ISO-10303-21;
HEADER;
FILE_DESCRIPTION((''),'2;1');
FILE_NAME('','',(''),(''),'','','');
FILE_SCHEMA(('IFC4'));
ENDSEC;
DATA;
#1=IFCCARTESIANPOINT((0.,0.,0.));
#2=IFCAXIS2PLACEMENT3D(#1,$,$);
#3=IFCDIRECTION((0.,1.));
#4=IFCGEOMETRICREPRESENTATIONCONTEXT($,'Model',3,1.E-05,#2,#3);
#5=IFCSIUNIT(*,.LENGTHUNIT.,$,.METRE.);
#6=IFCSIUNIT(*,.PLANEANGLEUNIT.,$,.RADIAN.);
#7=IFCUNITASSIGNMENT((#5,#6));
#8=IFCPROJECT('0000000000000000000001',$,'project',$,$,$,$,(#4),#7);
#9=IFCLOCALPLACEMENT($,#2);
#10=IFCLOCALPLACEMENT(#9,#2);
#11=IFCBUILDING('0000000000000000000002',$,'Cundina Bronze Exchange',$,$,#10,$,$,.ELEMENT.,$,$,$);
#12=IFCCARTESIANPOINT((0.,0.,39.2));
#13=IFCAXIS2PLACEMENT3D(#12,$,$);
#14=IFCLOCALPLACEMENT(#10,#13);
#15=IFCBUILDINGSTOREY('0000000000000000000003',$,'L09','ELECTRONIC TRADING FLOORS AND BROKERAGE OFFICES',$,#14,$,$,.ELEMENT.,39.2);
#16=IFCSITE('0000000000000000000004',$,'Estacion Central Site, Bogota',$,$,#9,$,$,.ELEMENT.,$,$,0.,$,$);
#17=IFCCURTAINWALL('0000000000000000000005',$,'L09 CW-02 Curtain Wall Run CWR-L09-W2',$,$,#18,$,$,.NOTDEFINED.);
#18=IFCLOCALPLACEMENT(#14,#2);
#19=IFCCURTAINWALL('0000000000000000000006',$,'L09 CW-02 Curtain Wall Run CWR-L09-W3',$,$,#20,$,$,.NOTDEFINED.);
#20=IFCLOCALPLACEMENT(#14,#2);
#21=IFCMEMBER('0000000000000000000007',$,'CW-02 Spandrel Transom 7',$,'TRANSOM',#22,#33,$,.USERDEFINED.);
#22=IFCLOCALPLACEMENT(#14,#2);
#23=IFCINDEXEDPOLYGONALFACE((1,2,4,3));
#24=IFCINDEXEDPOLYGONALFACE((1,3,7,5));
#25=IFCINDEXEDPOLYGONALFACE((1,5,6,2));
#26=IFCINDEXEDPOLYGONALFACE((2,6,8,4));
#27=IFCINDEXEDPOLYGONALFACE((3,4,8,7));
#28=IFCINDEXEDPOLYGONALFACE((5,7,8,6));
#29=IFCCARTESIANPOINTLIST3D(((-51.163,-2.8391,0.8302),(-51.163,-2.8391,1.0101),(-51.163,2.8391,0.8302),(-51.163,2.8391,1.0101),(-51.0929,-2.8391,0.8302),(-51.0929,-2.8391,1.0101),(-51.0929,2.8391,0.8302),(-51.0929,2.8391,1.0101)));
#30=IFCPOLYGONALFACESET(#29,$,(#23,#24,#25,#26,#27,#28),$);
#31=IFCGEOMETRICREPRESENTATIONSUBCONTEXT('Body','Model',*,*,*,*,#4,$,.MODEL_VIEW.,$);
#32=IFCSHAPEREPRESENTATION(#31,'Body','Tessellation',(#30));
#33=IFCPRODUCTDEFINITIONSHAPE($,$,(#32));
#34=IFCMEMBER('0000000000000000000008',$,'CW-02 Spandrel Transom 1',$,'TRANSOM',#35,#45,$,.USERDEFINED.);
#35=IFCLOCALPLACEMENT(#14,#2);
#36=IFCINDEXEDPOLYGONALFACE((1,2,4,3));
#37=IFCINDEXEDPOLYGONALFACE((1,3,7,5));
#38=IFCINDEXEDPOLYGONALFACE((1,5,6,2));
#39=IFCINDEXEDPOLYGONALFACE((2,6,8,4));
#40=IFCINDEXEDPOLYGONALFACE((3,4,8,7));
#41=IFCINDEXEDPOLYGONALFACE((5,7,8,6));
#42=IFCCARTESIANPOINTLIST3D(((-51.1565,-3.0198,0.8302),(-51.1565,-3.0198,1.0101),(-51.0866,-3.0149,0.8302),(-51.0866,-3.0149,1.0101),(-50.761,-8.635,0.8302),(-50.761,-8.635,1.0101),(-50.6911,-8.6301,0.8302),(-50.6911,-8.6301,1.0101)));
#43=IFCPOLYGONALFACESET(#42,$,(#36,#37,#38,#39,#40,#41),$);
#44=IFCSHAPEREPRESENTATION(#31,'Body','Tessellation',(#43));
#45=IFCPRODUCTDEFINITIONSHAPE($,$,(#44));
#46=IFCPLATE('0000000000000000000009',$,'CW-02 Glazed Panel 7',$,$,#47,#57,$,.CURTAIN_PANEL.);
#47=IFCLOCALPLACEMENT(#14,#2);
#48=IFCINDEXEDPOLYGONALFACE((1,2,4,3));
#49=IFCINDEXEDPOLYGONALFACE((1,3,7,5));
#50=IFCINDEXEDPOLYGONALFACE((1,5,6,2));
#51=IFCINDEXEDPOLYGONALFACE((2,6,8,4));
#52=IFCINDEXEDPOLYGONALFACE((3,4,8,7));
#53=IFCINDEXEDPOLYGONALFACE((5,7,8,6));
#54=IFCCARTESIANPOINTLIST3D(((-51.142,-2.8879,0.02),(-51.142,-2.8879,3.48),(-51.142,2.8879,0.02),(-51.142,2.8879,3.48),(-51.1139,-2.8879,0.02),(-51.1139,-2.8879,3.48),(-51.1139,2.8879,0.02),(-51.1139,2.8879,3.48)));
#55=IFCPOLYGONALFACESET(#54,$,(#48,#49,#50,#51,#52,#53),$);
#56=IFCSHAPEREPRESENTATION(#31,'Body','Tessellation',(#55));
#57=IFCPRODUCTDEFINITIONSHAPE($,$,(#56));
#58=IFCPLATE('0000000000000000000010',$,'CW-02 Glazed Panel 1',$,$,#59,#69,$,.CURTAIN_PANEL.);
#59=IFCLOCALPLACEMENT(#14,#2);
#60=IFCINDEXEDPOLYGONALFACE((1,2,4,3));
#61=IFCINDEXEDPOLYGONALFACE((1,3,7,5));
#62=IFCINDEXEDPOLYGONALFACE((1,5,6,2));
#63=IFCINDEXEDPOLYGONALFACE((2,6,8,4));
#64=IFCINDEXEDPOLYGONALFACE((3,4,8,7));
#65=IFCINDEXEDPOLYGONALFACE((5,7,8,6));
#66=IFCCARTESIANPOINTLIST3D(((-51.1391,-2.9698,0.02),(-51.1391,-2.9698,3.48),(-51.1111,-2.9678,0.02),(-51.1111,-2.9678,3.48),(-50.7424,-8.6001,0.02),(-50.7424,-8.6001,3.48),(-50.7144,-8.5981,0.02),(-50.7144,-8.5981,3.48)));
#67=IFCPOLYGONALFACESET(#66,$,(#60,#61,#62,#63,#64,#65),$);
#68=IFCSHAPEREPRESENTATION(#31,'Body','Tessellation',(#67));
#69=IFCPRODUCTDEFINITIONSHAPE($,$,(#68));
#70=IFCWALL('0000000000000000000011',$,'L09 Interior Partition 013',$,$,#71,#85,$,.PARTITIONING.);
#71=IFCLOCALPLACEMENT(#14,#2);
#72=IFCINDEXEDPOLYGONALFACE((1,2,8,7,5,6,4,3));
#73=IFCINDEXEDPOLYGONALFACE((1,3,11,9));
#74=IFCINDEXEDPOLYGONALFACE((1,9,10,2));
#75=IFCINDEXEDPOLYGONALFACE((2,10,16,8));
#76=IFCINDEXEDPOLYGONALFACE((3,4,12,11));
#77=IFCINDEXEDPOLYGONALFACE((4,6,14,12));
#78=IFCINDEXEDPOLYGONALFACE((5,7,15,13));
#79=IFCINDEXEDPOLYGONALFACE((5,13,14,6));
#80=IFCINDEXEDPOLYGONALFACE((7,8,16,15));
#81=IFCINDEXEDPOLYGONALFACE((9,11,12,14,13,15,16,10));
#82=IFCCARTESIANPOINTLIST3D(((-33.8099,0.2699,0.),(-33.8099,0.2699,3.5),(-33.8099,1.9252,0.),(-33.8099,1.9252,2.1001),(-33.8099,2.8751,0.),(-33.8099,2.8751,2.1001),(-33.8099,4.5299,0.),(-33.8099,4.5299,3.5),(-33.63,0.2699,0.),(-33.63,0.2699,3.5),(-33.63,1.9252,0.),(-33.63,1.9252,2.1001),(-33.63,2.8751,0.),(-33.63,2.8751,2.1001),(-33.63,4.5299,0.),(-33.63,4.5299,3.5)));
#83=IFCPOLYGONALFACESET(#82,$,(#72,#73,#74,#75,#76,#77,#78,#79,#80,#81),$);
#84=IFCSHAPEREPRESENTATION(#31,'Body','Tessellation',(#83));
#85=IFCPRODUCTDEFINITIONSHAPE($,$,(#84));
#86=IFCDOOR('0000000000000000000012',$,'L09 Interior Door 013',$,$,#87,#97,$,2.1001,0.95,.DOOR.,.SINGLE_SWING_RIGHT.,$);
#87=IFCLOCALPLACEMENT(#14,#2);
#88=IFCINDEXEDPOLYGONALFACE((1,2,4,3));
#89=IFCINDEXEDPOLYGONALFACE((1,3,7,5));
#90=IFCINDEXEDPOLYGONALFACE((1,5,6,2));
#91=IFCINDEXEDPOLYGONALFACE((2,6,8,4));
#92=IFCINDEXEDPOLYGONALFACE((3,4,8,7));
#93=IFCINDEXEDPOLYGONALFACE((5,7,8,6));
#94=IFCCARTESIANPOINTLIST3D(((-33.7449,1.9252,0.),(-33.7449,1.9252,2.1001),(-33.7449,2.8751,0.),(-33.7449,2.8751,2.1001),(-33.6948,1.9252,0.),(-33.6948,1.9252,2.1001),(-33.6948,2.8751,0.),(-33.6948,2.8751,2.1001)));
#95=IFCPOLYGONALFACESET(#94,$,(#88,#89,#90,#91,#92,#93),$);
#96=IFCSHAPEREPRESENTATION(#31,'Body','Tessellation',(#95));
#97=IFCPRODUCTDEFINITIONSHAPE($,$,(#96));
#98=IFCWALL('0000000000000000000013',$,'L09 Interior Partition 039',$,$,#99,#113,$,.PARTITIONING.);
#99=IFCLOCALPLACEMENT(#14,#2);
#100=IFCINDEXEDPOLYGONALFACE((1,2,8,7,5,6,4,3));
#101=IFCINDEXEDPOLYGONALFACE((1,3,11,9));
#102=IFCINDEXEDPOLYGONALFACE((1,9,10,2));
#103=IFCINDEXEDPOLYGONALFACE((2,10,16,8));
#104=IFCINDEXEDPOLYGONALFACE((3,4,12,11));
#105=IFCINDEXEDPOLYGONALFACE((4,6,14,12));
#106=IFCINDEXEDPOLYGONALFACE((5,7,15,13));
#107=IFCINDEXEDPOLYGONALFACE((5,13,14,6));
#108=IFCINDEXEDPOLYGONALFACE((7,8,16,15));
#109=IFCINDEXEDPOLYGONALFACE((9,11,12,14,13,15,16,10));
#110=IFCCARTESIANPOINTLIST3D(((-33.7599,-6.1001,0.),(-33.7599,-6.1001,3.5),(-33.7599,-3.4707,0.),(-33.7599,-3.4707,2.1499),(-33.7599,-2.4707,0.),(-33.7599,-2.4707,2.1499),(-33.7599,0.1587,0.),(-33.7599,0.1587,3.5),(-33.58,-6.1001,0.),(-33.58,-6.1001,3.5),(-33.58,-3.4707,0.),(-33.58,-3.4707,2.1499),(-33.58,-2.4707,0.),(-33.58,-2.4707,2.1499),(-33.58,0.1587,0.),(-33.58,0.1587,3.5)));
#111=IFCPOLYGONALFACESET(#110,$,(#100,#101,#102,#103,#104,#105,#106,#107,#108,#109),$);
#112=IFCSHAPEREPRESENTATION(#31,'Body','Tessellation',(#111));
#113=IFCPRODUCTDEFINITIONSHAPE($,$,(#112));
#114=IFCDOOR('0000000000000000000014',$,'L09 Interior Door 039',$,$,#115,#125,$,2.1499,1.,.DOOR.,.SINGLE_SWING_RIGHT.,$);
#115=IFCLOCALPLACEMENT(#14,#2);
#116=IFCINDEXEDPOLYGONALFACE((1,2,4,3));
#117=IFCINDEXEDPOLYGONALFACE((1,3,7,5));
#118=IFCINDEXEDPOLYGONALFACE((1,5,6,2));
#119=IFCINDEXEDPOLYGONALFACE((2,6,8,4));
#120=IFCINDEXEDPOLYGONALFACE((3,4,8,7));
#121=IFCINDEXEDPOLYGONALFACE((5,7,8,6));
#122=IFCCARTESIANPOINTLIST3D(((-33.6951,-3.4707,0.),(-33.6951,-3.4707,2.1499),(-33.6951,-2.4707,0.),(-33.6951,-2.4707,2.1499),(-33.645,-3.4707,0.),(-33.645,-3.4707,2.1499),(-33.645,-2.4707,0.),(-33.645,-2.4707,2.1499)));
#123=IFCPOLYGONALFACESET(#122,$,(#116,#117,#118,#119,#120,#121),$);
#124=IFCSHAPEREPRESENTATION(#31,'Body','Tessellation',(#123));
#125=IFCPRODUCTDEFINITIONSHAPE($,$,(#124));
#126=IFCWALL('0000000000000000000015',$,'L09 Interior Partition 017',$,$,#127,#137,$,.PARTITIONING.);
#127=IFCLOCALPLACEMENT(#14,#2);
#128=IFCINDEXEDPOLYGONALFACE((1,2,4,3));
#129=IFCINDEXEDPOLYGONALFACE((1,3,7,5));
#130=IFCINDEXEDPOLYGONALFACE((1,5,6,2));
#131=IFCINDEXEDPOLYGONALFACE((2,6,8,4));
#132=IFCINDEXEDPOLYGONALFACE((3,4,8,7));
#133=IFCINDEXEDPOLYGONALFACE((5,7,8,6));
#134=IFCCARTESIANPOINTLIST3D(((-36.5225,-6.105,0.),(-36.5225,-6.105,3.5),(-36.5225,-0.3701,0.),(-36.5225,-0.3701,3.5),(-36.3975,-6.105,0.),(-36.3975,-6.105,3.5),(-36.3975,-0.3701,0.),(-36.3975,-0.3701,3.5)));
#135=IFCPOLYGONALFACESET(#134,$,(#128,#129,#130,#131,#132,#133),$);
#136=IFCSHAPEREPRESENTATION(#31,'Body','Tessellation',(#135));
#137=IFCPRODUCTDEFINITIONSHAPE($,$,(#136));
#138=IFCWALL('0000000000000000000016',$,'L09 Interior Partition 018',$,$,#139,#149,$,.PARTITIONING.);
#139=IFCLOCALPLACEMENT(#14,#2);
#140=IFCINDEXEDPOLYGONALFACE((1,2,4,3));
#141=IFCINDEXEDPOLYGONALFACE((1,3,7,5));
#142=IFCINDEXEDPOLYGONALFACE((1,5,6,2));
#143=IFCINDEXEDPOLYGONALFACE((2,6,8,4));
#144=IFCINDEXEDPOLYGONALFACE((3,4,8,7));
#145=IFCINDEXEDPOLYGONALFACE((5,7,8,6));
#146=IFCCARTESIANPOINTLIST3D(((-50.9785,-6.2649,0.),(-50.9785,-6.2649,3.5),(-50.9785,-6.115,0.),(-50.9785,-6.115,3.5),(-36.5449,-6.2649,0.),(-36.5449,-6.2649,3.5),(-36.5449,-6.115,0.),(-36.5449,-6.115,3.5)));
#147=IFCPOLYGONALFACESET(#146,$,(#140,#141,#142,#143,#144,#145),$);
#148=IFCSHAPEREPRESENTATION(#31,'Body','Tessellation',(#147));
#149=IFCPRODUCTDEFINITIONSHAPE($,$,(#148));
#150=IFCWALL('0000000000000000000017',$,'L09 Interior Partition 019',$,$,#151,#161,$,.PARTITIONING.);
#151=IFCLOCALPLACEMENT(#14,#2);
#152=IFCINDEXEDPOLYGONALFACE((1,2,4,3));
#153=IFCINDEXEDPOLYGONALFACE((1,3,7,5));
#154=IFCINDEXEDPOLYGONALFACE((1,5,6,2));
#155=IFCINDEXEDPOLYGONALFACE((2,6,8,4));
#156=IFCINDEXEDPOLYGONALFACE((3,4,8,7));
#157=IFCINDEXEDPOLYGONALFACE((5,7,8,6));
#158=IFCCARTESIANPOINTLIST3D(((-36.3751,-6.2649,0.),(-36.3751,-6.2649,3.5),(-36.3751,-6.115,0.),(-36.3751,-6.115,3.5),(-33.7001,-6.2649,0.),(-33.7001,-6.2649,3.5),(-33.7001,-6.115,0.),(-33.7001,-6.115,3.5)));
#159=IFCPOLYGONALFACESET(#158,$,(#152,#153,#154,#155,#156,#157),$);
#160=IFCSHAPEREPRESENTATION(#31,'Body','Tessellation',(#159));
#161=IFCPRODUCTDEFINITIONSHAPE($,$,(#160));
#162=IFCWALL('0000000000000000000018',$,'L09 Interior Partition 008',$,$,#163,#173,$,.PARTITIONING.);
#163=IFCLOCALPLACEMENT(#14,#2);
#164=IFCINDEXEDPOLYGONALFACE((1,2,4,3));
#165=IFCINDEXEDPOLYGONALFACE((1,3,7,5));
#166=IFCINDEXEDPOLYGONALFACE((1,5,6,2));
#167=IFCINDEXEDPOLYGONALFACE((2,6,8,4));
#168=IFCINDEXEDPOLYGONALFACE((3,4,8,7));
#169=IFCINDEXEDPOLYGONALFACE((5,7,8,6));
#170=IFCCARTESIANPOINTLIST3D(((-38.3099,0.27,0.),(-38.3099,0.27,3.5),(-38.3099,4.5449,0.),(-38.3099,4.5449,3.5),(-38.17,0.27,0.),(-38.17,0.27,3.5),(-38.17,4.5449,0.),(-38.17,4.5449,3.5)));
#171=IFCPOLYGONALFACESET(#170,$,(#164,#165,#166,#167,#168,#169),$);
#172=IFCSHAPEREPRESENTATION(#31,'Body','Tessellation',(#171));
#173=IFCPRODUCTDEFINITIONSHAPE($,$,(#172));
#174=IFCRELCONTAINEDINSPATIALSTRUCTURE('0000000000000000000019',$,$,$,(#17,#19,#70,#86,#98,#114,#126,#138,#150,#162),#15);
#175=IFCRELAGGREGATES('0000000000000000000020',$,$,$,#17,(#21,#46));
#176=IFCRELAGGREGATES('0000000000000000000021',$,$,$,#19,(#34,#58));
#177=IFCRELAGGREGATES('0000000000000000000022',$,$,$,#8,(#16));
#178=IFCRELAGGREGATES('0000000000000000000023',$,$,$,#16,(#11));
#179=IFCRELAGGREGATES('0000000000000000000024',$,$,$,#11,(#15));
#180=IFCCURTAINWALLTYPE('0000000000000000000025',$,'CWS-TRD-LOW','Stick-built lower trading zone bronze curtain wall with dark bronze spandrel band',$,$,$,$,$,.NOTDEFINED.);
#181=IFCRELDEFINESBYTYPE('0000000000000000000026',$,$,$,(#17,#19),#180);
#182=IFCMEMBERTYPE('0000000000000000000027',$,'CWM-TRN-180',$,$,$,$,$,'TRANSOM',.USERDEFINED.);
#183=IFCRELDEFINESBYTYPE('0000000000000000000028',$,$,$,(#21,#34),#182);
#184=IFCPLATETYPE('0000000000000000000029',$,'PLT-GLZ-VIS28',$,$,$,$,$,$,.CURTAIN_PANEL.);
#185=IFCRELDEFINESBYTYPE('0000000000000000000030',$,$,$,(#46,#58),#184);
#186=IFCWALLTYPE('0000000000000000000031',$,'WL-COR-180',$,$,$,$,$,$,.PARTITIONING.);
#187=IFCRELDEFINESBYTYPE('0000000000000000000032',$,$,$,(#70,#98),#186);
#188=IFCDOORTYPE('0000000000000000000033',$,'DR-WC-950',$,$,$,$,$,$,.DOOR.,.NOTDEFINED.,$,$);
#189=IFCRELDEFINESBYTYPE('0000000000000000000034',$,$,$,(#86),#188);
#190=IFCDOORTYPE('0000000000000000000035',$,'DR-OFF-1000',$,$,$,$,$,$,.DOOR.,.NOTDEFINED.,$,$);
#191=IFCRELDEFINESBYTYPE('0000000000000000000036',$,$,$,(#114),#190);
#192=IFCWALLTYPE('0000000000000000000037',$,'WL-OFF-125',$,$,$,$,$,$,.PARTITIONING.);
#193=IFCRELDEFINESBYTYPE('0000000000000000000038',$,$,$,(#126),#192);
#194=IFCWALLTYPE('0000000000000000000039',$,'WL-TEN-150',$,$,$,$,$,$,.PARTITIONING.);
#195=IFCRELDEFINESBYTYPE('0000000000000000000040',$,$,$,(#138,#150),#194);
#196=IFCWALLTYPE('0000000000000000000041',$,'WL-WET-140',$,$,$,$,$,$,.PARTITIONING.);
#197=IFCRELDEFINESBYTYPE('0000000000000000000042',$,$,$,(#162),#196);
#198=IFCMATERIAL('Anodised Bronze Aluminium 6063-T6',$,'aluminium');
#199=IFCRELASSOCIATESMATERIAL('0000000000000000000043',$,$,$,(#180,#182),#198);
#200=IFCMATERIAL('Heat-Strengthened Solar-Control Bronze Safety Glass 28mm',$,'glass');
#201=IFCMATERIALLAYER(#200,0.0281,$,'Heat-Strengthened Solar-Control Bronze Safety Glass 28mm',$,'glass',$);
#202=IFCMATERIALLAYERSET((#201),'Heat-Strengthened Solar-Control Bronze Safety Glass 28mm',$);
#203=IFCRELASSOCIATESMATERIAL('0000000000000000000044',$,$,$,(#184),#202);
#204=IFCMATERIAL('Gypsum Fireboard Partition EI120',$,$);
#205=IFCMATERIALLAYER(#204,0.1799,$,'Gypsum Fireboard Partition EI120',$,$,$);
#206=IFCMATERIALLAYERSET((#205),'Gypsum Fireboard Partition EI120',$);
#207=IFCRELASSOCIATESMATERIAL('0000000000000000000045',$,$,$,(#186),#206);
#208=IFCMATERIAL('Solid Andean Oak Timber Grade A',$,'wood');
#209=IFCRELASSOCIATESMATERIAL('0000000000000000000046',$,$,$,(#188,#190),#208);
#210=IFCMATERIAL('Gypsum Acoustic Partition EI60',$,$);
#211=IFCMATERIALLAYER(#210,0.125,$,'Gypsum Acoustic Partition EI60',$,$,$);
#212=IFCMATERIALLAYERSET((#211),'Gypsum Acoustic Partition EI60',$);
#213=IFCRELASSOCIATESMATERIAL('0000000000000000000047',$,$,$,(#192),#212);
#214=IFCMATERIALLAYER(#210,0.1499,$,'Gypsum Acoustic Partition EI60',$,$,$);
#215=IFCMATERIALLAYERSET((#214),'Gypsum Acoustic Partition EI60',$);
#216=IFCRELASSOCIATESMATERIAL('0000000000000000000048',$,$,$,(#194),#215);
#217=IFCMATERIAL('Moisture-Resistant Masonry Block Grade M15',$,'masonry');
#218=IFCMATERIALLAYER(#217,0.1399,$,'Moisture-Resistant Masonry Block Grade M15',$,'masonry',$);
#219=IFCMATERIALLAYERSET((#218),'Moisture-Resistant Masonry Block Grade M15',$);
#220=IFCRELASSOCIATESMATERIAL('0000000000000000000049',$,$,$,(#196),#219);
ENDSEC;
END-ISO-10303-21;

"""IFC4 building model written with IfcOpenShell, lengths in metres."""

from ifc_helpers import new_model, si_unit, direction, frame, frame_2d, origin, origin_2d, place, context, subcontext, project, spatial, rectangle, extrude, material, layer, layer_set, material_profile, profile_set, type_object, element, fill, aggregate, save


model = new_model("IFC4")

# Units and contexts
model_context = context("Model", 3, precision=1e-05, world=origin(), true_north=direction((0.0, 1.0)))
body_context = subcontext(model_context, "Body", "Model", "MODEL_VIEW")
ifc_project = project(units=[si_unit("LENGTHUNIT", "METRE"), si_unit("PLANEANGLEUNIT", "RADIAN")], contexts=[model_context])

# Site, building, storey
site_placement = place(None, origin())
site = spatial("IfcSite", under=ifc_project, at=site_placement, Name="Estacion Central Site, Bogota", CompositionType="ELEMENT", RefElevation=0.0)
building_placement = place(site_placement, origin())
building = spatial("IfcBuilding", under=site, at=building_placement, Name="Cundina Bronze Exchange", CompositionType="ELEMENT")
storey_placement = place(building_placement, frame((0.0, 0.0, 39.2)))
storey = spatial("IfcBuildingStorey", under=building, at=storey_placement, Name="L09", Description="ELECTRONIC TRADING FLOORS AND BROKERAGE OFFICES", CompositionType="ELEMENT", Elevation=39.2)

# Curtain walls
ifc_material_1 = material(Name="Anodised Bronze Aluminium 6063-T6", Category="aluminium")
curtain_wall_type = type_object("IfcCurtainWallType", Name="CWS-TRD-LOW", Description="Stick-built lower trading zone bronze curtain wall with dark bronze spandrel band", PredefinedType="NOTDEFINED", material=ifc_material_1)
curtain_wall_1_placement = place(storey_placement, origin())
curtain_wall_1 = element("IfcCurtainWall", 1, at=curtain_wall_1_placement, inside=storey, type_object=curtain_wall_type, Name="L09 CW-02 Curtain Wall Run CWR-L09-W2", PredefinedType="NOTDEFINED")
curtain_wall_2_placement = place(storey_placement, origin())
curtain_wall_2 = element("IfcCurtainWall", 2, at=curtain_wall_2_placement, inside=storey, type_object=curtain_wall_type, Name="L09 CW-02 Curtain Wall Run CWR-L09-W3", PredefinedType="NOTDEFINED")

# Members
ifc_material_profile_1 = material_profile(ifc_material_1, rectangle(XDim=0.0701, YDim=0.1799, at=origin_2d()), Name="AL70X180", Category="aluminium")
ifc_profile_set_1 = profile_set([ifc_material_profile_1], Name="Anodised Bronze Aluminium 6063-T6")
member_type_1 = type_object("IfcMemberType", Name="CWM-TRN-180", ElementType="TRANSOM", PredefinedType="USERDEFINED", material=ifc_profile_set_1)
member_1_placement = place(storey_placement, frame((-51.1279, 2.8391, 0.9202), z_axis=(0.0, -1.0, 0.0), x_axis=(1.0, 0.0, 0.0)))
member_1 = element("IfcMember", 3, at=member_1_placement, type_object=member_type_1, Name="CW-02 Spandrel Transom 7", ObjectType="TRANSOM", PredefinedType="USERDEFINED", context=body_context, shape_type="SweptSolid", body=[
    extrude(rectangle(XDim=0.0701, YDim=0.1799, at=origin_2d()), origin(), (0.0, 0.0, 1.0), 5.6782),
])
member_2_placement = place(storey_placement, frame((-51.1216, -3.0173, 0.9202), z_axis=(0.070261, -0.997529, 0.0), x_axis=(0.997529, 0.070261, 0.0)))
member_2 = element("IfcMember", 4, at=member_2_placement, type_object=member_type_1, Name="CW-02 Spandrel Transom 1", ObjectType="TRANSOM", PredefinedType="USERDEFINED", context=body_context, shape_type="SweptSolid", body=[
    extrude(rectangle(XDim=0.0701, YDim=0.1799, at=origin_2d()), origin(), (0.0, 0.0, 1.0), 5.6292),
])

# Plates
ifc_material_2 = material(Name="Heat-Strengthened Solar-Control Bronze Safety Glass 28mm", Category="glass")
ifc_layer_1 = layer(ifc_material_2, 0.0281, Name="Heat-Strengthened Solar-Control Bronze Safety Glass 28mm", Category="glass")
ifc_layer_set_1 = layer_set([ifc_layer_1], Name="Heat-Strengthened Solar-Control Bronze Safety Glass 28mm")
plate_type = type_object("IfcPlateType", Name="PLT-GLZ-VIS28", PredefinedType="CURTAIN_PANEL", material=ifc_layer_set_1)
plate_1_placement = place(storey_placement, frame((-51.1279, 0.0, 0.02), z_axis=(0.0, 0.0, 1.0), x_axis=(0.0, -1.0, 0.0)))
plate_1 = element("IfcPlate", 5, at=plate_1_placement, type_object=plate_type, Name="CW-02 Glazed Panel 7", PredefinedType="CURTAIN_PANEL", context=body_context, shape_type="SweptSolid", body=[
    extrude(rectangle(XDim=5.7759, YDim=0.0281, at=origin_2d()), origin(), (0.0, 0.0, 1.0), 3.46),
])
aggregate(curtain_wall_1, [member_1, plate_1])
plate_2_placement = place(storey_placement, frame((-50.9268, -5.7839, 0.02), z_axis=(0.0, 0.0, 1.0), x_axis=(0.070279, -0.997527, 0.0)))
plate_2 = element("IfcPlate", 6, at=plate_2_placement, type_object=plate_type, Name="CW-02 Glazed Panel 1", PredefinedType="CURTAIN_PANEL", context=body_context, shape_type="SweptSolid", body=[
    extrude(rectangle(XDim=5.6443, YDim=0.0281, at=origin_2d()), origin(), (0.0, 0.0, 1.0), 3.46),
])
aggregate(curtain_wall_2, [member_2, plate_2])

# Walls, openings, doors
ifc_material_3 = material(Name="Gypsum Fireboard Partition EI120")
ifc_layer_2 = layer(ifc_material_3, 0.1799, Name="Gypsum Fireboard Partition EI120")
ifc_layer_set_2 = layer_set([ifc_layer_2], Name="Gypsum Fireboard Partition EI120")
wall_type_1 = type_object("IfcWallType", Name="WL-COR-180", PredefinedType="PARTITIONING", material=ifc_layer_set_2)
wall_1_placement = place(storey_placement, frame((-33.72, 0.27, 0.0), z_axis=(0.0, 0.0, 1.0), x_axis=(0.0, 1.0, 0.0)))
wall_1 = element("IfcWall", 7, at=wall_1_placement, inside=storey, type_object=wall_type_1, Name="L09 Interior Partition 013", PredefinedType="PARTITIONING", context=body_context, shape_type="SweptSolid", body=[
    extrude(rectangle(XDim=4.26, YDim=0.1799, at=frame_2d((2.1299, 0.0))), origin(), (0.0, 0.0, 1.0), 3.5),
])
opening_1_placement = place(wall_1_placement, frame((1.655, 0.0, 0.0)))
opening_1 = element("IfcOpeningElement", 8, at=opening_1_placement, cuts=wall_1, PredefinedType="OPENING", context=body_context, shape_type="SweptSolid", body=[
    extrude(rectangle(XDim=0.95, YDim=2.1001, at=frame_2d((0.4751, 1.05))), frame((0.0, 0.0999, 0.0), z_axis=(0.0, -1.0, 0.0), x_axis=(1.0, 0.0, 0.0)), (0.0, 0.0, 1.0), 0.2),
])
ifc_material_4 = material(Name="Solid Andean Oak Timber Grade A", Category="wood")
door_type_1 = type_object("IfcDoorType", Name="DR-WC-950", OperationType="NOTDEFINED", PredefinedType="DOOR", material=ifc_material_4)
door_1_placement = place(opening_1_placement, origin())
door_1 = element("IfcDoor", 9, at=door_1_placement, inside=storey, type_object=door_type_1, Name="L09 Interior Door 013", OperationType="SINGLE_SWING_RIGHT", OverallHeight=2.1001, OverallWidth=0.95, PredefinedType="DOOR", context=body_context, shape_type="SweptSolid", body=[
    extrude(rectangle(XDim=0.95, YDim=2.1001, at=frame_2d((0.4751, 1.05))), frame((0.0, 0.0249, 0.0), z_axis=(0.0, -1.0, 0.0), x_axis=(1.0, 0.0, 0.0)), (0.0, 0.0, 1.0), 0.05),
])
fill(opening_1, door_1)
door_type_2 = type_object("IfcDoorType", Name="DR-OFF-1000", OperationType="NOTDEFINED", PredefinedType="DOOR", material=ifc_material_4)
wall_2_placement = place(storey_placement, frame((-33.6699, 0.1587, 0.0), z_axis=(0.0, 0.0, 1.0), x_axis=(0.0, -1.0, 0.0)))
wall_2 = element("IfcWall", 10, at=wall_2_placement, inside=storey, type_object=wall_type_1, Name="L09 Interior Partition 039", PredefinedType="PARTITIONING", context=body_context, shape_type="SweptSolid", body=[
    extrude(rectangle(XDim=6.2588, YDim=0.1799, at=frame_2d((3.1294, 0.0))), origin(), (0.0, 0.0, 1.0), 3.5),
])
opening_2_placement = place(wall_2_placement, frame((2.6294, 0.0, 0.0)))
opening_2 = element("IfcOpeningElement", 11, at=opening_2_placement, cuts=wall_2, PredefinedType="OPENING", context=body_context, shape_type="SweptSolid", body=[
    extrude(rectangle(XDim=1.0, YDim=2.1499, at=frame_2d((0.5, 1.075))), frame((0.0, 0.0999, 0.0), z_axis=(0.0, -1.0, 0.0), x_axis=(1.0, 0.0, 0.0)), (0.0, 0.0, 1.0), 0.2),
])
door_2_placement = place(opening_2_placement, origin())
door_2 = element("IfcDoor", 12, at=door_2_placement, inside=storey, type_object=door_type_2, Name="L09 Interior Door 039", OperationType="SINGLE_SWING_RIGHT", OverallHeight=2.1499, OverallWidth=1.0, PredefinedType="DOOR", context=body_context, shape_type="SweptSolid", body=[
    extrude(rectangle(XDim=1.0, YDim=2.1499, at=frame_2d((0.5, 1.075))), frame((0.0, 0.0249, 0.0), z_axis=(0.0, -1.0, 0.0), x_axis=(1.0, 0.0, 0.0)), (0.0, 0.0, 1.0), 0.05),
])
fill(opening_2, door_2)

# Walls
ifc_material_5 = material(Name="Gypsum Acoustic Partition EI60")
ifc_layer_3 = layer(ifc_material_5, 0.125, Name="Gypsum Acoustic Partition EI60")
ifc_layer_set_3 = layer_set([ifc_layer_3], Name="Gypsum Acoustic Partition EI60")
wall_type_2 = type_object("IfcWallType", Name="WL-OFF-125", PredefinedType="PARTITIONING", material=ifc_layer_set_3)
wall_3_placement = place(storey_placement, frame((-36.46, -6.105, 0.0), z_axis=(0.0, 0.0, 1.0), x_axis=(0.0, 1.0, 0.0)))
element("IfcWall", 13, at=wall_3_placement, inside=storey, type_object=wall_type_2, Name="L09 Interior Partition 017", PredefinedType="PARTITIONING", context=body_context, shape_type="SweptSolid", body=[
    extrude(rectangle(XDim=5.7349, YDim=0.125, at=frame_2d((2.8674, 0.0))), origin(), (0.0, 0.0, 1.0), 3.5),
])
ifc_layer_4 = layer(ifc_material_5, 0.1499, Name="Gypsum Acoustic Partition EI60")
ifc_layer_set_4 = layer_set([ifc_layer_4], Name="Gypsum Acoustic Partition EI60")
wall_type_3 = type_object("IfcWallType", Name="WL-TEN-150", PredefinedType="PARTITIONING", material=ifc_layer_set_4)
wall_4_placement = place(storey_placement, frame((-50.9785, -6.1899, 0.0), z_axis=(0.0, 0.0, 1.0), x_axis=(1.0, 0.0, 0.0)))
element("IfcWall", 14, at=wall_4_placement, inside=storey, type_object=wall_type_3, Name="L09 Interior Partition 018", PredefinedType="PARTITIONING", context=body_context, shape_type="SweptSolid", body=[
    extrude(rectangle(XDim=14.4336, YDim=0.1499, at=frame_2d((7.2168, 0.0))), origin(), (0.0, 0.0, 1.0), 3.5),
])
wall_5_placement = place(storey_placement, frame((-36.375, -6.1899, 0.0), z_axis=(0.0, 0.0, 1.0), x_axis=(1.0, 0.0, 0.0)))
element("IfcWall", 15, at=wall_5_placement, inside=storey, type_object=wall_type_3, Name="L09 Interior Partition 019", PredefinedType="PARTITIONING", context=body_context, shape_type="SweptSolid", body=[
    extrude(rectangle(XDim=2.675, YDim=0.1499, at=frame_2d((1.3374, 0.0))), origin(), (0.0, 0.0, 1.0), 3.5),
])
ifc_material_6 = material(Name="Moisture-Resistant Masonry Block Grade M15", Category="masonry")
ifc_layer_5 = layer(ifc_material_6, 0.1399, Name="Moisture-Resistant Masonry Block Grade M15", Category="masonry")
ifc_layer_set_5 = layer_set([ifc_layer_5], Name="Moisture-Resistant Masonry Block Grade M15")
wall_type_4 = type_object("IfcWallType", Name="WL-WET-140", PredefinedType="PARTITIONING", material=ifc_layer_set_5)
wall_6_placement = place(storey_placement, frame((-38.24, 0.27, 0.0), z_axis=(0.0, 0.0, 1.0), x_axis=(0.0, 1.0, 0.0)))
element("IfcWall", 16, at=wall_6_placement, inside=storey, type_object=wall_type_4, Name="L09 Interior Partition 008", PredefinedType="PARTITIONING", context=body_context, shape_type="SweptSolid", body=[
    extrude(rectangle(XDim=4.2749, YDim=0.1399, at=frame_2d((2.1375, 0.0))), origin(), (0.0, 0.0, 1.0), 3.5),
])

save(model, "model.ifc")
